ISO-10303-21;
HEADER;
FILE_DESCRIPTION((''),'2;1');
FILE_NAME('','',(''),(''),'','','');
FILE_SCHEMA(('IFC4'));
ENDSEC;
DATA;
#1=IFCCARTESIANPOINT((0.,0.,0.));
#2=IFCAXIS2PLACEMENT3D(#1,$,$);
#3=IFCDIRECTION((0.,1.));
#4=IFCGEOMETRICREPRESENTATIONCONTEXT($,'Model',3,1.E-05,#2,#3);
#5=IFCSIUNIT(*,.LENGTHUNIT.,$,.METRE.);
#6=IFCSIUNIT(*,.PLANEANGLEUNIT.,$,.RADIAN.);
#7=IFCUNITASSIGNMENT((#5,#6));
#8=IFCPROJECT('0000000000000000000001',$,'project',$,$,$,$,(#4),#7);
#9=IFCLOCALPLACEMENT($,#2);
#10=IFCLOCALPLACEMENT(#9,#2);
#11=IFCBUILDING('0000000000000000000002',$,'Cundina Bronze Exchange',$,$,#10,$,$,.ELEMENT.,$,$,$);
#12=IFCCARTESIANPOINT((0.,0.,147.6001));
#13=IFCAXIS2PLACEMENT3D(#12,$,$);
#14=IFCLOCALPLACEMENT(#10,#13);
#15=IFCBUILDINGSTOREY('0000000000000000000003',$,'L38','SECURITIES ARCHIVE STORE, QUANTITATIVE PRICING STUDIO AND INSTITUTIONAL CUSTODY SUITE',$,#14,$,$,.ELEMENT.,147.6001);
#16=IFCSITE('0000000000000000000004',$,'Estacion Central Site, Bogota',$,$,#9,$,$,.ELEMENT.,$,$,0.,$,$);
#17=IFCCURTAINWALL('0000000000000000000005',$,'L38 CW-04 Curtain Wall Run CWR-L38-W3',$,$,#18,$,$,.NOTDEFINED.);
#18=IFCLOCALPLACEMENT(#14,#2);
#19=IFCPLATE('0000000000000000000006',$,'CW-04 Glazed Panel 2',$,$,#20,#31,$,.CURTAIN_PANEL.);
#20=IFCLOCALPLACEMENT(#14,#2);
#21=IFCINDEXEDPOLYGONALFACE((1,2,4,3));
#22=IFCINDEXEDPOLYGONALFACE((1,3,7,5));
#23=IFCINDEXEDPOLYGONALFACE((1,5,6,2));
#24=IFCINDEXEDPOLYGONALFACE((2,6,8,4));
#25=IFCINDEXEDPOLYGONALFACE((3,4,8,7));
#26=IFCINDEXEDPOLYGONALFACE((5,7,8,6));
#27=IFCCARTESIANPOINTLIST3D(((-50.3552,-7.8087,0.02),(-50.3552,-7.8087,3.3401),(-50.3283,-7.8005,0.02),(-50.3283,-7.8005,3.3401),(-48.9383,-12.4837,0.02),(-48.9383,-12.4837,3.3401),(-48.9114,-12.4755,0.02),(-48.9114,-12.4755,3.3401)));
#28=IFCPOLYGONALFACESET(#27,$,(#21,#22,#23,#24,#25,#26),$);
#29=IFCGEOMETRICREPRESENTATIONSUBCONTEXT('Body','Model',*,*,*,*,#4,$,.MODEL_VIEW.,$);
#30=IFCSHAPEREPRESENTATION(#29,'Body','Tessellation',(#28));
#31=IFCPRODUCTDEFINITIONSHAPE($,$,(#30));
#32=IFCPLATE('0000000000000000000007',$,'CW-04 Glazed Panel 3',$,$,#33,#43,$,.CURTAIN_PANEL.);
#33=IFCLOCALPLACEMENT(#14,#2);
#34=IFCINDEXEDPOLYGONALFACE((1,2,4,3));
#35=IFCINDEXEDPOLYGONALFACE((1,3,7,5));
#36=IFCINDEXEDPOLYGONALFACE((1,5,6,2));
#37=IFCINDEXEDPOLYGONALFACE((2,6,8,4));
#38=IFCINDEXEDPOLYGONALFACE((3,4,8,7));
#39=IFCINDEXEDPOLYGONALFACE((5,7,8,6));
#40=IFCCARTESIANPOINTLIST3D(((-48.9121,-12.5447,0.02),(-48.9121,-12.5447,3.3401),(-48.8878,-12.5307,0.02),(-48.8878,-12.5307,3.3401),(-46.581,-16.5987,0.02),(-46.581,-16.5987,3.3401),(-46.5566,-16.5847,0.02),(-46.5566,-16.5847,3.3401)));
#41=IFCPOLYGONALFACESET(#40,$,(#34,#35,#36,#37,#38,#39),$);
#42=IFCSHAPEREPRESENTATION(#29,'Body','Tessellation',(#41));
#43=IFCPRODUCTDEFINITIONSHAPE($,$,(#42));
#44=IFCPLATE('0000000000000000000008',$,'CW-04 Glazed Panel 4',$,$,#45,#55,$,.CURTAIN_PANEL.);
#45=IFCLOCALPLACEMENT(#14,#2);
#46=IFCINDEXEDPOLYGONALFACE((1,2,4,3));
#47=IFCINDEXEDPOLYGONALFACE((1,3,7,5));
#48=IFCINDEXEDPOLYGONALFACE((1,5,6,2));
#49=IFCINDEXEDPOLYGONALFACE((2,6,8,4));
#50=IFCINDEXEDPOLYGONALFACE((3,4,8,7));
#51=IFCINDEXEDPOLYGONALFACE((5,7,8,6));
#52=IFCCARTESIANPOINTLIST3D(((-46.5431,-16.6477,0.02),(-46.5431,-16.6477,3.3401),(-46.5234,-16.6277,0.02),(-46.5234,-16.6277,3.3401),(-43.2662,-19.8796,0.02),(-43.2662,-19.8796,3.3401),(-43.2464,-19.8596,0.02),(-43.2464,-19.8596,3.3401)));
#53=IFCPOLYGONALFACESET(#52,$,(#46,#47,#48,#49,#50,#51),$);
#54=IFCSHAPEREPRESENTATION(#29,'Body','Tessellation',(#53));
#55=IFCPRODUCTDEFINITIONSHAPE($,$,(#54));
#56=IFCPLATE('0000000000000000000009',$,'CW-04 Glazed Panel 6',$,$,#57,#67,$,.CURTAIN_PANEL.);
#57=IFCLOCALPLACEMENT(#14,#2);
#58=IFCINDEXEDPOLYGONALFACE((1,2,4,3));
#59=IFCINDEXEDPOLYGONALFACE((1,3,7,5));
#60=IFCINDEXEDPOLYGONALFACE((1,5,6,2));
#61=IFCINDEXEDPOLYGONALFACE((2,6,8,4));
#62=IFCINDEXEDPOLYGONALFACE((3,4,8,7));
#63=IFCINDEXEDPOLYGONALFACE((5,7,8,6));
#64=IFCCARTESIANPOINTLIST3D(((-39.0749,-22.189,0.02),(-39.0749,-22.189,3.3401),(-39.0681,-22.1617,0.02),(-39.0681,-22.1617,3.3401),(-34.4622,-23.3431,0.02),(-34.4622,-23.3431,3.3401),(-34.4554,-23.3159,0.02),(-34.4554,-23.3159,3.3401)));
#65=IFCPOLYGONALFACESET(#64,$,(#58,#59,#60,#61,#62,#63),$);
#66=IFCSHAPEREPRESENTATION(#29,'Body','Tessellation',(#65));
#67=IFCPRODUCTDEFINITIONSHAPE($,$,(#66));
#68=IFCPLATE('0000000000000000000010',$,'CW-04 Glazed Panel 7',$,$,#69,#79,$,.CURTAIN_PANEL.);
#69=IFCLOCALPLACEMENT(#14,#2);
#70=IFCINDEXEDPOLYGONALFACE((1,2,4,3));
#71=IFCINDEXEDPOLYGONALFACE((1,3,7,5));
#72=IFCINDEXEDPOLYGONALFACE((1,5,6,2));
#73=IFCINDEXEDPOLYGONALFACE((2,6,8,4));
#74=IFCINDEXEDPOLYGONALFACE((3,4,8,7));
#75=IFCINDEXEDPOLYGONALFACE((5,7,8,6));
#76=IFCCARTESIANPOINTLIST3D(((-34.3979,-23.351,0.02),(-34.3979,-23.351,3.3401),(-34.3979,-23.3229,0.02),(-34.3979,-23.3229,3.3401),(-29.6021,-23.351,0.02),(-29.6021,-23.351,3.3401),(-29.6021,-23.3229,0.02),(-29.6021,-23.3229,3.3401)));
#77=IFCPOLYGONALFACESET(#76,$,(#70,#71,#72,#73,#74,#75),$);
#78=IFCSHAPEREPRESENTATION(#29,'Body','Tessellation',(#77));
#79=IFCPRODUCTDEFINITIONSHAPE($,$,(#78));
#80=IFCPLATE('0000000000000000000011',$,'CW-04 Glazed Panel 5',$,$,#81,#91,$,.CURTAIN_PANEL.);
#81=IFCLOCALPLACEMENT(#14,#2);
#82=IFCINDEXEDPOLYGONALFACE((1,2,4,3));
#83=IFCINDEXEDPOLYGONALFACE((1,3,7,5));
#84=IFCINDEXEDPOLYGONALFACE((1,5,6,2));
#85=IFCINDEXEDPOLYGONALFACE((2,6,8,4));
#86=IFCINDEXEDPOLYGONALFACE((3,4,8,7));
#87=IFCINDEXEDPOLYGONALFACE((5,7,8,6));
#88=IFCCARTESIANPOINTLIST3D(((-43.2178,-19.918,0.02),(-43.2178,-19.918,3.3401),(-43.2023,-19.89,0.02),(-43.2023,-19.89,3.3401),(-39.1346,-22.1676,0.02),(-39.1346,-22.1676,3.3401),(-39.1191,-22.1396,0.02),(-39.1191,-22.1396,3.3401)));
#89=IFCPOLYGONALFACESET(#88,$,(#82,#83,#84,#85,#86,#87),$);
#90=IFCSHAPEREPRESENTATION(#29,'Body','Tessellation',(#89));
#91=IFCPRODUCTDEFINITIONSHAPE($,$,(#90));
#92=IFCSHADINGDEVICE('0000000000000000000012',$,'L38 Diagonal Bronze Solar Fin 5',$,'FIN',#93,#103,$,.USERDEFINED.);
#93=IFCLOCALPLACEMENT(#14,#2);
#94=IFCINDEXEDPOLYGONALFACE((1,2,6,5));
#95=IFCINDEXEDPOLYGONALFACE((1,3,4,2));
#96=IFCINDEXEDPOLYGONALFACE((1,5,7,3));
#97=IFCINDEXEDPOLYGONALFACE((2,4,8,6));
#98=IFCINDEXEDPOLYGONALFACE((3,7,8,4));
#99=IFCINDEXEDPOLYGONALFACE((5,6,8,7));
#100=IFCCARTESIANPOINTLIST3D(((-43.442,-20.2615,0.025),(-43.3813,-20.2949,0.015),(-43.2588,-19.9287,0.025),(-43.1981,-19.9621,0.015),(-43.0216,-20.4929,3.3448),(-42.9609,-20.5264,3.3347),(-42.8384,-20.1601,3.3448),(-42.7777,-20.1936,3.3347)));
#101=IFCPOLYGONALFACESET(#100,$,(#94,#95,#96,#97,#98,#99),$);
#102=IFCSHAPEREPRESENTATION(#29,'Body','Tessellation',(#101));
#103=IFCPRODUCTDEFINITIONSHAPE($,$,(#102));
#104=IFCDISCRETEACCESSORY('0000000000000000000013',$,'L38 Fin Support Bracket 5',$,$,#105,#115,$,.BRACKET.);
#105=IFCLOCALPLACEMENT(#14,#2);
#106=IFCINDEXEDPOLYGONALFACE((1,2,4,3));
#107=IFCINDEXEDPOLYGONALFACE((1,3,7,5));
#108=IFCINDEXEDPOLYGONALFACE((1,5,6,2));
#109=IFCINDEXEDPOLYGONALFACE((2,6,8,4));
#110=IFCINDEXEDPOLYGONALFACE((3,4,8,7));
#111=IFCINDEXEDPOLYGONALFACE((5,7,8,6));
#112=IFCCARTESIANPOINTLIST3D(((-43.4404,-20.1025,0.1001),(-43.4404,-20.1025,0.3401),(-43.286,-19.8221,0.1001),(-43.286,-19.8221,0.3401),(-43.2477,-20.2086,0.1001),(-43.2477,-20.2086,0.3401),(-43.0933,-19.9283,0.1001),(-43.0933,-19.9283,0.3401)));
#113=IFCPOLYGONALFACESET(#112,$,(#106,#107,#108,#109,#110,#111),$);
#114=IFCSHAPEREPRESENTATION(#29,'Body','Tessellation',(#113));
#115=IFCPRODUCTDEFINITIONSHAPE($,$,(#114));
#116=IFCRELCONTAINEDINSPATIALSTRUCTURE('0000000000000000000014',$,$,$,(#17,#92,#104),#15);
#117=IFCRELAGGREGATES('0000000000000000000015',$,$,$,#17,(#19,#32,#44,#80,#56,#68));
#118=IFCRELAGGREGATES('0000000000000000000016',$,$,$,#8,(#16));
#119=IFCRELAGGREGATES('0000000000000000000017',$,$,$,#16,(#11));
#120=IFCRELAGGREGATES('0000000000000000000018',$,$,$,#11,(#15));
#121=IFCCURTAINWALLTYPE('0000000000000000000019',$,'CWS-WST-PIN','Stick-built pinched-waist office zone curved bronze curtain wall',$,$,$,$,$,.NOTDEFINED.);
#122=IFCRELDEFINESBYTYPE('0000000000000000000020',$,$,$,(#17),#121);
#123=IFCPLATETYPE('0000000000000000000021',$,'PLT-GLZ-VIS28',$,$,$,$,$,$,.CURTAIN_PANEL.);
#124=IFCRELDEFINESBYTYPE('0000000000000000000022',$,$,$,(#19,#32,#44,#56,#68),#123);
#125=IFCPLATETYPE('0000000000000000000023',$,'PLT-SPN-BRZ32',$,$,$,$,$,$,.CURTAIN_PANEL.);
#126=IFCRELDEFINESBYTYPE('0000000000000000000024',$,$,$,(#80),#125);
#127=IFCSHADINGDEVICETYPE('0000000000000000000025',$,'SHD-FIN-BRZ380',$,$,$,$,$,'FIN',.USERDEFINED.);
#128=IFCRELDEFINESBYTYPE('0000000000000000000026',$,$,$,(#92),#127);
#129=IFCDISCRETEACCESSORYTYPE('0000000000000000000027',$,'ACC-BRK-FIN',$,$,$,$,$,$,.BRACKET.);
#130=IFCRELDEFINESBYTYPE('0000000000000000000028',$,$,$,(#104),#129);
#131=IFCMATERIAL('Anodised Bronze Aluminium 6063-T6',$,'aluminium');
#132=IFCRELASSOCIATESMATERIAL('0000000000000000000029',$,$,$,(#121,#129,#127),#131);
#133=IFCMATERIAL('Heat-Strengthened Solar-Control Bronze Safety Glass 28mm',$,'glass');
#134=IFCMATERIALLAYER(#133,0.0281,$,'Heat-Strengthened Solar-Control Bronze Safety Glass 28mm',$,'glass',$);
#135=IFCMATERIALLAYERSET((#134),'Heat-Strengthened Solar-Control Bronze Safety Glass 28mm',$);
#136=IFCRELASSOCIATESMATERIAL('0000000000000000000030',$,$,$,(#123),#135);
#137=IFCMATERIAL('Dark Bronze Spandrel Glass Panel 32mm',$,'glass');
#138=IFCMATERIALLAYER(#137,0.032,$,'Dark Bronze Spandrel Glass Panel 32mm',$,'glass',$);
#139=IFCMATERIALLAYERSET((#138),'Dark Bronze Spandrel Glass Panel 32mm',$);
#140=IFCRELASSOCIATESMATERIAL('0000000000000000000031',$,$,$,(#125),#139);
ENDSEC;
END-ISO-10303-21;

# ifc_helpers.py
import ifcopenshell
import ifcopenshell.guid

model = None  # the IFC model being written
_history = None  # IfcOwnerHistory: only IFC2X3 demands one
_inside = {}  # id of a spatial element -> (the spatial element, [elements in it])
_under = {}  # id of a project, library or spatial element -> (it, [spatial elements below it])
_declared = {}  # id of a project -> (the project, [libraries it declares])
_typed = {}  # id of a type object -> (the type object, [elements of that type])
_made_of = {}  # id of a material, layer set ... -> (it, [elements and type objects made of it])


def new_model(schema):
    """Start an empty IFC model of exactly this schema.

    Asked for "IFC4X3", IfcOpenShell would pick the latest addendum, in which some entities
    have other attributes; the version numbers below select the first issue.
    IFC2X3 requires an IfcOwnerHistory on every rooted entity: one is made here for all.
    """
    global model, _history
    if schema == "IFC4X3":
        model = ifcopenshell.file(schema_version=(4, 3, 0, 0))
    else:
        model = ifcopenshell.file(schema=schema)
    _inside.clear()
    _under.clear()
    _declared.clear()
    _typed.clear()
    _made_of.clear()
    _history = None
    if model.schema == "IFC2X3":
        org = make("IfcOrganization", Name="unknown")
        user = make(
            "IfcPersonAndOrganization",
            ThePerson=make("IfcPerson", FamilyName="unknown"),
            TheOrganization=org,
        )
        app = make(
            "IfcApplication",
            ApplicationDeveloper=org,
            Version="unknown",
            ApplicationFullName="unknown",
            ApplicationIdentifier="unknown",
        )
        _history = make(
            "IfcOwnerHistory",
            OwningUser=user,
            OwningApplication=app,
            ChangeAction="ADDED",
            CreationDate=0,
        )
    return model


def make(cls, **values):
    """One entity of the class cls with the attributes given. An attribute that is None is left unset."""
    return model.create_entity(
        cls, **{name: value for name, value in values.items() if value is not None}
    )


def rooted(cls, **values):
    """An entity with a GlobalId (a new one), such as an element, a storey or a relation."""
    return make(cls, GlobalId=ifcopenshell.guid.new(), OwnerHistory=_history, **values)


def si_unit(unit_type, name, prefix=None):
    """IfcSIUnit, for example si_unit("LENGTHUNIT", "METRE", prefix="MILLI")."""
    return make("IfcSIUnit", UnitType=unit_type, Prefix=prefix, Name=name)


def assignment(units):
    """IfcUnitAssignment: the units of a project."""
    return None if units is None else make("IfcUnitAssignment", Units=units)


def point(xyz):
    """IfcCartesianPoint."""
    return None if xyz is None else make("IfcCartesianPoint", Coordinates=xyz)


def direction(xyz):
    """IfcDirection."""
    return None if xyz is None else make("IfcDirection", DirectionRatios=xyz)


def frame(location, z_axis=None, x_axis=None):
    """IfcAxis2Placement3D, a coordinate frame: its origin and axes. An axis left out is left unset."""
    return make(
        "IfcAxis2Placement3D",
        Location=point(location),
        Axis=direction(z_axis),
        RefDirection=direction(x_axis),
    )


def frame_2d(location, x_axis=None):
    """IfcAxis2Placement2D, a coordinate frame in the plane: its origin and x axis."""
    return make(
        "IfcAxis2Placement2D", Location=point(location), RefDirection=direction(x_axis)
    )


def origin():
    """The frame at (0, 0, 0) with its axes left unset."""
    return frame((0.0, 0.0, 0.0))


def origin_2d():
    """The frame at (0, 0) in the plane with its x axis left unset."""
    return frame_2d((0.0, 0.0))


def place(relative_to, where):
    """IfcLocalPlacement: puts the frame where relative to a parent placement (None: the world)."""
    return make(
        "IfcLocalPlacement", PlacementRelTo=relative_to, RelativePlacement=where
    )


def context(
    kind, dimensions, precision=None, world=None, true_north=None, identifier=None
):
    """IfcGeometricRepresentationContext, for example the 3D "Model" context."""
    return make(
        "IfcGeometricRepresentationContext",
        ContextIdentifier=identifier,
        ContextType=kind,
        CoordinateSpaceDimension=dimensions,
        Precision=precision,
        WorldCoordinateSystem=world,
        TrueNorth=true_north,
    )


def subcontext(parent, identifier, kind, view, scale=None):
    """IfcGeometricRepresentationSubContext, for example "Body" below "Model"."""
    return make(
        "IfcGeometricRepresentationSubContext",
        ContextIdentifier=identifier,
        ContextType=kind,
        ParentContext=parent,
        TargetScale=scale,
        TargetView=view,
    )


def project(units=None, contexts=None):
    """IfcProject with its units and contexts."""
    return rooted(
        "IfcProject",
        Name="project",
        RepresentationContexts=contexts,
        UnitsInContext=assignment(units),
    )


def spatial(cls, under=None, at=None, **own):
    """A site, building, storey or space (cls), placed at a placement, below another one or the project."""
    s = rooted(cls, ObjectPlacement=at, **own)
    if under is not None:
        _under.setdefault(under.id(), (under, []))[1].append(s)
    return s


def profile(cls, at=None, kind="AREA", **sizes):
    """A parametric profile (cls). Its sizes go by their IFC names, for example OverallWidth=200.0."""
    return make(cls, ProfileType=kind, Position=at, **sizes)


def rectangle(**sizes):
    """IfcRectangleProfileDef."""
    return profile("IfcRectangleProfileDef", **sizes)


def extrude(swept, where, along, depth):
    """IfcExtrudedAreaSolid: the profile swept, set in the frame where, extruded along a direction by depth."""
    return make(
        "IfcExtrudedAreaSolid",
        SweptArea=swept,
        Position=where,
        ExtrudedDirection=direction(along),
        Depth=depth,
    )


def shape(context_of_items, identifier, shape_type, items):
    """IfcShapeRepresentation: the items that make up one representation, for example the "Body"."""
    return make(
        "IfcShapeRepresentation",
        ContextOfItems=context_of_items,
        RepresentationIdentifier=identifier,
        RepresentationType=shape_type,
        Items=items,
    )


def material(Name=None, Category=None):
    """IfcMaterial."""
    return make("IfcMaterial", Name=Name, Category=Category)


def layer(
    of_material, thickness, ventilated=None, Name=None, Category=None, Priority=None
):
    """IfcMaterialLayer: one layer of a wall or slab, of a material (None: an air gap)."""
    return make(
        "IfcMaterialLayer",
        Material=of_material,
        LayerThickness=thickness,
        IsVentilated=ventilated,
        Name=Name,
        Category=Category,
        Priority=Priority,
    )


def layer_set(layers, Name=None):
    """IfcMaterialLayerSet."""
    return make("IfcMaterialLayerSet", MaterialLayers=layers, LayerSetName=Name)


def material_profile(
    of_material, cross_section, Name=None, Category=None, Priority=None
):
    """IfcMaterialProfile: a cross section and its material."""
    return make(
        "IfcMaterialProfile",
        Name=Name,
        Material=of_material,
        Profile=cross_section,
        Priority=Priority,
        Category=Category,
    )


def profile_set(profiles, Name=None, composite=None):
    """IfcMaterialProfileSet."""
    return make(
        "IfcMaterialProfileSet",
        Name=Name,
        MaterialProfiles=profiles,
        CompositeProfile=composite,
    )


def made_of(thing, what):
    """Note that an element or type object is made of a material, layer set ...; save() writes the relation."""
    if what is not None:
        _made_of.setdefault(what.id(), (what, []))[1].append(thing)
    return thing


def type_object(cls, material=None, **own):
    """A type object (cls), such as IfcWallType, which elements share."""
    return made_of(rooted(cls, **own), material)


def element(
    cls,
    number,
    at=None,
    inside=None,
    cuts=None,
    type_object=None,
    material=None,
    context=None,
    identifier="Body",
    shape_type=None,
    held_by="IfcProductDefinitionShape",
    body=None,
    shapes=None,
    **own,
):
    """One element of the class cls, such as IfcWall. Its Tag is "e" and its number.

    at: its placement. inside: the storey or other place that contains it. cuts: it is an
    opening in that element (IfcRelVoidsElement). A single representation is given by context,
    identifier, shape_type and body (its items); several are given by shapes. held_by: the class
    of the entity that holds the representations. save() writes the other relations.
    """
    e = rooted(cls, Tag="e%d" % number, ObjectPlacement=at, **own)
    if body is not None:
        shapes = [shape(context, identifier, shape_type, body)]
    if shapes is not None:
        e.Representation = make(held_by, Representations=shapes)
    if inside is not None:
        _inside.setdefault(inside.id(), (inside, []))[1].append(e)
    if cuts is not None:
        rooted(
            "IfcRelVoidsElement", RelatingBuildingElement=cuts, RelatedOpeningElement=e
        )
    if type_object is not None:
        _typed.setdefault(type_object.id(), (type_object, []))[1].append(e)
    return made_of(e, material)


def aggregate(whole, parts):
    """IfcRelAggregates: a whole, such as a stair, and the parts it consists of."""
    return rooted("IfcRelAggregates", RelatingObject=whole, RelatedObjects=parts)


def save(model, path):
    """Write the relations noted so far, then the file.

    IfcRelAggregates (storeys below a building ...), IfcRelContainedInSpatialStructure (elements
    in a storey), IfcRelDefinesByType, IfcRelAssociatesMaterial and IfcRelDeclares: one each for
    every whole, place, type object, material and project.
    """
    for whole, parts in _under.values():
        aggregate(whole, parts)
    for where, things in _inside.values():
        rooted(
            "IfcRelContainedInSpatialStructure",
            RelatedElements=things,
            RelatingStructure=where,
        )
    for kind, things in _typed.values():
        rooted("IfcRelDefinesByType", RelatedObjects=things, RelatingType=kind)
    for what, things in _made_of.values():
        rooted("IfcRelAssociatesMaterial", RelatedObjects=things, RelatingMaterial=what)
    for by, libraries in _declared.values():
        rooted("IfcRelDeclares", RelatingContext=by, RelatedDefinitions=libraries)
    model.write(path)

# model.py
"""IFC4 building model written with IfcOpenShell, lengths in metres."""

from ifc_helpers import new_model, si_unit, direction, frame, origin, origin_2d, place, context, subcontext, project, spatial, rectangle, extrude, material, layer, layer_set, material_profile, profile_set, type_object, element, aggregate, save


model = new_model("IFC4")

# Units and contexts
model_context = context("Model", 3, precision=1e-05, world=origin(), true_north=direction((0.0, 1.0)))
body_context = subcontext(model_context, "Body", "Model", "MODEL_VIEW")
ifc_project = project(units=[si_unit("LENGTHUNIT", "METRE"), si_unit("PLANEANGLEUNIT", "RADIAN")], contexts=[model_context])

# Site, building, storey
site_placement = place(None, origin())
site = spatial("IfcSite", under=ifc_project, at=site_placement, Name="Estacion Central Site, Bogota", CompositionType="ELEMENT", RefElevation=0.0)
building_placement = place(site_placement, origin())
building = spatial("IfcBuilding", under=site, at=building_placement, Name="Cundina Bronze Exchange", CompositionType="ELEMENT")
storey_placement = place(building_placement, frame((0.0, 0.0, 147.6001)))
storey = spatial("IfcBuildingStorey", under=building, at=storey_placement, Name="L38", Description="SECURITIES ARCHIVE STORE, QUANTITATIVE PRICING STUDIO AND INSTITUTIONAL CUSTODY SUITE", CompositionType="ELEMENT", Elevation=147.6001)

# Curtain wall
ifc_material_1 = material(Name="Anodised Bronze Aluminium 6063-T6", Category="aluminium")
curtain_wall_type = type_object("IfcCurtainWallType", Name="CWS-WST-PIN", Description="Stick-built pinched-waist office zone curved bronze curtain wall", PredefinedType="NOTDEFINED", material=ifc_material_1)
curtain_wall_1_placement = place(storey_placement, origin())
curtain_wall_1 = element("IfcCurtainWall", 1, at=curtain_wall_1_placement, inside=storey, type_object=curtain_wall_type, Name="L38 CW-04 Curtain Wall Run CWR-L38-W3", PredefinedType="NOTDEFINED")

# Plates
ifc_material_2 = material(Name="Heat-Strengthened Solar-Control Bronze Safety Glass 28mm", Category="glass")
ifc_layer_1 = layer(ifc_material_2, 0.0281, Name="Heat-Strengthened Solar-Control Bronze Safety Glass 28mm", Category="glass")
ifc_layer_set_1 = layer_set([ifc_layer_1], Name="Heat-Strengthened Solar-Control Bronze Safety Glass 28mm")
plate_type_1 = type_object("IfcPlateType", Name="PLT-GLZ-VIS28", PredefinedType="CURTAIN_PANEL", material=ifc_layer_set_1)
plate_1_placement = place(storey_placement, frame((-49.6333, -10.1421, 0.02), z_axis=(0.0, 0.0, 1.0), x_axis=(0.290051, -0.957011, 0.0)))
plate_1 = element("IfcPlate", 2, at=plate_1_placement, type_object=plate_type_1, Name="CW-04 Glazed Panel 2", PredefinedType="CURTAIN_PANEL", context=body_context, shape_type="SweptSolid", body=[
    extrude(rectangle(XDim=4.885, YDim=0.0281, at=origin_2d()), origin(), (0.0, 0.0, 1.0), 3.3201),
])
plate_2_placement = place(storey_placement, frame((-47.7344, -14.5647, 0.02), z_axis=(0.0, 0.0, 1.0), x_axis=(0.498488, -0.866897, 0.0)))
plate_2 = element("IfcPlate", 3, at=plate_2_placement, type_object=plate_type_1, Name="CW-04 Glazed Panel 3", PredefinedType="CURTAIN_PANEL", context=body_context, shape_type="SweptSolid", body=[
    extrude(rectangle(XDim=4.6765, YDim=0.0281, at=origin_2d()), origin(), (0.0, 0.0, 1.0), 3.3201),
])
plate_3_placement = place(storey_placement, frame((-44.8948, -18.2537, 0.02), z_axis=(0.0, 0.0, 1.0), x_axis=(0.711989, -0.70219, 0.0)))
plate_3 = element("IfcPlate", 4, at=plate_3_placement, type_object=plate_type_1, Name="CW-04 Glazed Panel 4", PredefinedType="CURTAIN_PANEL", context=body_context, shape_type="SweptSolid", body=[
    extrude(rectangle(XDim=4.6025, YDim=0.0281, at=origin_2d()), origin(), (0.0, 0.0, 1.0), 3.3201),
])
plate_4_placement = place(storey_placement, frame((-36.7651, -22.7524, 0.02), z_axis=(0.0, 0.0, 1.0), x_axis=(0.970093, -0.242735, 0.0)))
plate_4 = element("IfcPlate", 5, at=plate_4_placement, type_object=plate_type_1, Name="CW-04 Glazed Panel 6", PredefinedType="CURTAIN_PANEL", context=body_context, shape_type="SweptSolid", body=[
    extrude(rectangle(XDim=4.7549, YDim=0.0281, at=origin_2d()), origin(), (0.0, 0.0, 1.0), 3.3201),
])
plate_5_placement = place(storey_placement, frame((-32.0, -23.3369, 0.02), z_axis=(0.0, 0.0, 1.0), x_axis=(1.0, 0.0, 0.0)))
plate_5 = element("IfcPlate", 6, at=plate_5_placement, type_object=plate_type_1, Name="CW-04 Glazed Panel 7", PredefinedType="CURTAIN_PANEL", context=body_context, shape_type="SweptSolid", body=[
    extrude(rectangle(XDim=4.7959, YDim=0.0281, at=origin_2d()), origin(), (0.0, 0.0, 1.0), 3.3201),
])
ifc_material_3 = material(Name="Dark Bronze Spandrel Glass Panel 32mm", Category="glass")
ifc_layer_2 = layer(ifc_material_3, 0.032, Name="Dark Bronze Spandrel Glass Panel 32mm", Category="glass")
ifc_layer_set_2 = layer_set([ifc_layer_2], Name="Dark Bronze Spandrel Glass Panel 32mm")
plate_type_2 = type_object("IfcPlateType", Name="PLT-SPN-BRZ32", PredefinedType="CURTAIN_PANEL", material=ifc_layer_set_2)
plate_6_placement = place(storey_placement, frame((-41.1685, -21.0288, 0.02), z_axis=(0.0, 0.0, 1.0), x_axis=(0.875869, -0.482549, 0.0)))
plate_6 = element("IfcPlate", 7, at=plate_6_placement, type_object=plate_type_2, Name="CW-04 Glazed Panel 5", PredefinedType="CURTAIN_PANEL", context=body_context, shape_type="SweptSolid", body=[
    extrude(rectangle(XDim=4.6619, YDim=0.032, at=origin_2d()), origin(), (0.0, 0.0, 1.0), 3.3201),
])
aggregate(curtain_wall_1, [plate_1, plate_2, plate_3, plate_6, plate_4, plate_5])

# Shading device
ifc_material_profile_1 = material_profile(ifc_material_1, rectangle(XDim=0.0701, YDim=0.3799, at=origin_2d()), Name="FIN70X380", Category="aluminium")
ifc_profile_set_1 = profile_set([ifc_material_profile_1], Name="Anodised Bronze Aluminium 6063-T6")
shading_device_type = type_object("IfcShadingDeviceType", Name="SHD-FIN-BRZ380", ElementType="FIN", PredefinedType="USERDEFINED", material=ifc_profile_set_1)
shading_device_placement = place(storey_placement, frame((-43.3201, -20.1118, 0.02), z_axis=(0.125333, -0.068999, 0.989712), x_axis=(-0.86701, 0.477309, 0.143071)))
element("IfcShadingDevice", 8, at=shading_device_placement, inside=storey, type_object=shading_device_type, Name="L38 Diagonal Bronze Solar Fin 5", ObjectType="FIN", PredefinedType="USERDEFINED", context=body_context, shape_type="SweptSolid", body=[
    extrude(rectangle(XDim=0.0701, YDim=0.3799, at=origin_2d()), origin(), (0.0, 0.0, 1.0), 3.3542),
])

# Discrete accessory
discrete_accessory_type = type_object("IfcDiscreteAccessoryType", Name="ACC-BRK-FIN", PredefinedType="BRACKET", material=ifc_material_1)
discrete_accessory_placement = place(storey_placement, frame((-43.2668, -20.0154, 0.1001), z_axis=(0.0, 0.0, 1.0), x_axis=(0.875869, -0.482549, 0.0)))
element("IfcDiscreteAccessory", 9, at=discrete_accessory_placement, inside=storey, type_object=discrete_accessory_type, Name="L38 Fin Support Bracket 5", PredefinedType="BRACKET", context=body_context, shape_type="SweptSolid", body=[
    extrude(rectangle(XDim=0.22, YDim=0.3201, at=origin_2d()), origin(), (0.0, 0.0, 1.0), 0.24),
])

save(model, "model.ifc")
